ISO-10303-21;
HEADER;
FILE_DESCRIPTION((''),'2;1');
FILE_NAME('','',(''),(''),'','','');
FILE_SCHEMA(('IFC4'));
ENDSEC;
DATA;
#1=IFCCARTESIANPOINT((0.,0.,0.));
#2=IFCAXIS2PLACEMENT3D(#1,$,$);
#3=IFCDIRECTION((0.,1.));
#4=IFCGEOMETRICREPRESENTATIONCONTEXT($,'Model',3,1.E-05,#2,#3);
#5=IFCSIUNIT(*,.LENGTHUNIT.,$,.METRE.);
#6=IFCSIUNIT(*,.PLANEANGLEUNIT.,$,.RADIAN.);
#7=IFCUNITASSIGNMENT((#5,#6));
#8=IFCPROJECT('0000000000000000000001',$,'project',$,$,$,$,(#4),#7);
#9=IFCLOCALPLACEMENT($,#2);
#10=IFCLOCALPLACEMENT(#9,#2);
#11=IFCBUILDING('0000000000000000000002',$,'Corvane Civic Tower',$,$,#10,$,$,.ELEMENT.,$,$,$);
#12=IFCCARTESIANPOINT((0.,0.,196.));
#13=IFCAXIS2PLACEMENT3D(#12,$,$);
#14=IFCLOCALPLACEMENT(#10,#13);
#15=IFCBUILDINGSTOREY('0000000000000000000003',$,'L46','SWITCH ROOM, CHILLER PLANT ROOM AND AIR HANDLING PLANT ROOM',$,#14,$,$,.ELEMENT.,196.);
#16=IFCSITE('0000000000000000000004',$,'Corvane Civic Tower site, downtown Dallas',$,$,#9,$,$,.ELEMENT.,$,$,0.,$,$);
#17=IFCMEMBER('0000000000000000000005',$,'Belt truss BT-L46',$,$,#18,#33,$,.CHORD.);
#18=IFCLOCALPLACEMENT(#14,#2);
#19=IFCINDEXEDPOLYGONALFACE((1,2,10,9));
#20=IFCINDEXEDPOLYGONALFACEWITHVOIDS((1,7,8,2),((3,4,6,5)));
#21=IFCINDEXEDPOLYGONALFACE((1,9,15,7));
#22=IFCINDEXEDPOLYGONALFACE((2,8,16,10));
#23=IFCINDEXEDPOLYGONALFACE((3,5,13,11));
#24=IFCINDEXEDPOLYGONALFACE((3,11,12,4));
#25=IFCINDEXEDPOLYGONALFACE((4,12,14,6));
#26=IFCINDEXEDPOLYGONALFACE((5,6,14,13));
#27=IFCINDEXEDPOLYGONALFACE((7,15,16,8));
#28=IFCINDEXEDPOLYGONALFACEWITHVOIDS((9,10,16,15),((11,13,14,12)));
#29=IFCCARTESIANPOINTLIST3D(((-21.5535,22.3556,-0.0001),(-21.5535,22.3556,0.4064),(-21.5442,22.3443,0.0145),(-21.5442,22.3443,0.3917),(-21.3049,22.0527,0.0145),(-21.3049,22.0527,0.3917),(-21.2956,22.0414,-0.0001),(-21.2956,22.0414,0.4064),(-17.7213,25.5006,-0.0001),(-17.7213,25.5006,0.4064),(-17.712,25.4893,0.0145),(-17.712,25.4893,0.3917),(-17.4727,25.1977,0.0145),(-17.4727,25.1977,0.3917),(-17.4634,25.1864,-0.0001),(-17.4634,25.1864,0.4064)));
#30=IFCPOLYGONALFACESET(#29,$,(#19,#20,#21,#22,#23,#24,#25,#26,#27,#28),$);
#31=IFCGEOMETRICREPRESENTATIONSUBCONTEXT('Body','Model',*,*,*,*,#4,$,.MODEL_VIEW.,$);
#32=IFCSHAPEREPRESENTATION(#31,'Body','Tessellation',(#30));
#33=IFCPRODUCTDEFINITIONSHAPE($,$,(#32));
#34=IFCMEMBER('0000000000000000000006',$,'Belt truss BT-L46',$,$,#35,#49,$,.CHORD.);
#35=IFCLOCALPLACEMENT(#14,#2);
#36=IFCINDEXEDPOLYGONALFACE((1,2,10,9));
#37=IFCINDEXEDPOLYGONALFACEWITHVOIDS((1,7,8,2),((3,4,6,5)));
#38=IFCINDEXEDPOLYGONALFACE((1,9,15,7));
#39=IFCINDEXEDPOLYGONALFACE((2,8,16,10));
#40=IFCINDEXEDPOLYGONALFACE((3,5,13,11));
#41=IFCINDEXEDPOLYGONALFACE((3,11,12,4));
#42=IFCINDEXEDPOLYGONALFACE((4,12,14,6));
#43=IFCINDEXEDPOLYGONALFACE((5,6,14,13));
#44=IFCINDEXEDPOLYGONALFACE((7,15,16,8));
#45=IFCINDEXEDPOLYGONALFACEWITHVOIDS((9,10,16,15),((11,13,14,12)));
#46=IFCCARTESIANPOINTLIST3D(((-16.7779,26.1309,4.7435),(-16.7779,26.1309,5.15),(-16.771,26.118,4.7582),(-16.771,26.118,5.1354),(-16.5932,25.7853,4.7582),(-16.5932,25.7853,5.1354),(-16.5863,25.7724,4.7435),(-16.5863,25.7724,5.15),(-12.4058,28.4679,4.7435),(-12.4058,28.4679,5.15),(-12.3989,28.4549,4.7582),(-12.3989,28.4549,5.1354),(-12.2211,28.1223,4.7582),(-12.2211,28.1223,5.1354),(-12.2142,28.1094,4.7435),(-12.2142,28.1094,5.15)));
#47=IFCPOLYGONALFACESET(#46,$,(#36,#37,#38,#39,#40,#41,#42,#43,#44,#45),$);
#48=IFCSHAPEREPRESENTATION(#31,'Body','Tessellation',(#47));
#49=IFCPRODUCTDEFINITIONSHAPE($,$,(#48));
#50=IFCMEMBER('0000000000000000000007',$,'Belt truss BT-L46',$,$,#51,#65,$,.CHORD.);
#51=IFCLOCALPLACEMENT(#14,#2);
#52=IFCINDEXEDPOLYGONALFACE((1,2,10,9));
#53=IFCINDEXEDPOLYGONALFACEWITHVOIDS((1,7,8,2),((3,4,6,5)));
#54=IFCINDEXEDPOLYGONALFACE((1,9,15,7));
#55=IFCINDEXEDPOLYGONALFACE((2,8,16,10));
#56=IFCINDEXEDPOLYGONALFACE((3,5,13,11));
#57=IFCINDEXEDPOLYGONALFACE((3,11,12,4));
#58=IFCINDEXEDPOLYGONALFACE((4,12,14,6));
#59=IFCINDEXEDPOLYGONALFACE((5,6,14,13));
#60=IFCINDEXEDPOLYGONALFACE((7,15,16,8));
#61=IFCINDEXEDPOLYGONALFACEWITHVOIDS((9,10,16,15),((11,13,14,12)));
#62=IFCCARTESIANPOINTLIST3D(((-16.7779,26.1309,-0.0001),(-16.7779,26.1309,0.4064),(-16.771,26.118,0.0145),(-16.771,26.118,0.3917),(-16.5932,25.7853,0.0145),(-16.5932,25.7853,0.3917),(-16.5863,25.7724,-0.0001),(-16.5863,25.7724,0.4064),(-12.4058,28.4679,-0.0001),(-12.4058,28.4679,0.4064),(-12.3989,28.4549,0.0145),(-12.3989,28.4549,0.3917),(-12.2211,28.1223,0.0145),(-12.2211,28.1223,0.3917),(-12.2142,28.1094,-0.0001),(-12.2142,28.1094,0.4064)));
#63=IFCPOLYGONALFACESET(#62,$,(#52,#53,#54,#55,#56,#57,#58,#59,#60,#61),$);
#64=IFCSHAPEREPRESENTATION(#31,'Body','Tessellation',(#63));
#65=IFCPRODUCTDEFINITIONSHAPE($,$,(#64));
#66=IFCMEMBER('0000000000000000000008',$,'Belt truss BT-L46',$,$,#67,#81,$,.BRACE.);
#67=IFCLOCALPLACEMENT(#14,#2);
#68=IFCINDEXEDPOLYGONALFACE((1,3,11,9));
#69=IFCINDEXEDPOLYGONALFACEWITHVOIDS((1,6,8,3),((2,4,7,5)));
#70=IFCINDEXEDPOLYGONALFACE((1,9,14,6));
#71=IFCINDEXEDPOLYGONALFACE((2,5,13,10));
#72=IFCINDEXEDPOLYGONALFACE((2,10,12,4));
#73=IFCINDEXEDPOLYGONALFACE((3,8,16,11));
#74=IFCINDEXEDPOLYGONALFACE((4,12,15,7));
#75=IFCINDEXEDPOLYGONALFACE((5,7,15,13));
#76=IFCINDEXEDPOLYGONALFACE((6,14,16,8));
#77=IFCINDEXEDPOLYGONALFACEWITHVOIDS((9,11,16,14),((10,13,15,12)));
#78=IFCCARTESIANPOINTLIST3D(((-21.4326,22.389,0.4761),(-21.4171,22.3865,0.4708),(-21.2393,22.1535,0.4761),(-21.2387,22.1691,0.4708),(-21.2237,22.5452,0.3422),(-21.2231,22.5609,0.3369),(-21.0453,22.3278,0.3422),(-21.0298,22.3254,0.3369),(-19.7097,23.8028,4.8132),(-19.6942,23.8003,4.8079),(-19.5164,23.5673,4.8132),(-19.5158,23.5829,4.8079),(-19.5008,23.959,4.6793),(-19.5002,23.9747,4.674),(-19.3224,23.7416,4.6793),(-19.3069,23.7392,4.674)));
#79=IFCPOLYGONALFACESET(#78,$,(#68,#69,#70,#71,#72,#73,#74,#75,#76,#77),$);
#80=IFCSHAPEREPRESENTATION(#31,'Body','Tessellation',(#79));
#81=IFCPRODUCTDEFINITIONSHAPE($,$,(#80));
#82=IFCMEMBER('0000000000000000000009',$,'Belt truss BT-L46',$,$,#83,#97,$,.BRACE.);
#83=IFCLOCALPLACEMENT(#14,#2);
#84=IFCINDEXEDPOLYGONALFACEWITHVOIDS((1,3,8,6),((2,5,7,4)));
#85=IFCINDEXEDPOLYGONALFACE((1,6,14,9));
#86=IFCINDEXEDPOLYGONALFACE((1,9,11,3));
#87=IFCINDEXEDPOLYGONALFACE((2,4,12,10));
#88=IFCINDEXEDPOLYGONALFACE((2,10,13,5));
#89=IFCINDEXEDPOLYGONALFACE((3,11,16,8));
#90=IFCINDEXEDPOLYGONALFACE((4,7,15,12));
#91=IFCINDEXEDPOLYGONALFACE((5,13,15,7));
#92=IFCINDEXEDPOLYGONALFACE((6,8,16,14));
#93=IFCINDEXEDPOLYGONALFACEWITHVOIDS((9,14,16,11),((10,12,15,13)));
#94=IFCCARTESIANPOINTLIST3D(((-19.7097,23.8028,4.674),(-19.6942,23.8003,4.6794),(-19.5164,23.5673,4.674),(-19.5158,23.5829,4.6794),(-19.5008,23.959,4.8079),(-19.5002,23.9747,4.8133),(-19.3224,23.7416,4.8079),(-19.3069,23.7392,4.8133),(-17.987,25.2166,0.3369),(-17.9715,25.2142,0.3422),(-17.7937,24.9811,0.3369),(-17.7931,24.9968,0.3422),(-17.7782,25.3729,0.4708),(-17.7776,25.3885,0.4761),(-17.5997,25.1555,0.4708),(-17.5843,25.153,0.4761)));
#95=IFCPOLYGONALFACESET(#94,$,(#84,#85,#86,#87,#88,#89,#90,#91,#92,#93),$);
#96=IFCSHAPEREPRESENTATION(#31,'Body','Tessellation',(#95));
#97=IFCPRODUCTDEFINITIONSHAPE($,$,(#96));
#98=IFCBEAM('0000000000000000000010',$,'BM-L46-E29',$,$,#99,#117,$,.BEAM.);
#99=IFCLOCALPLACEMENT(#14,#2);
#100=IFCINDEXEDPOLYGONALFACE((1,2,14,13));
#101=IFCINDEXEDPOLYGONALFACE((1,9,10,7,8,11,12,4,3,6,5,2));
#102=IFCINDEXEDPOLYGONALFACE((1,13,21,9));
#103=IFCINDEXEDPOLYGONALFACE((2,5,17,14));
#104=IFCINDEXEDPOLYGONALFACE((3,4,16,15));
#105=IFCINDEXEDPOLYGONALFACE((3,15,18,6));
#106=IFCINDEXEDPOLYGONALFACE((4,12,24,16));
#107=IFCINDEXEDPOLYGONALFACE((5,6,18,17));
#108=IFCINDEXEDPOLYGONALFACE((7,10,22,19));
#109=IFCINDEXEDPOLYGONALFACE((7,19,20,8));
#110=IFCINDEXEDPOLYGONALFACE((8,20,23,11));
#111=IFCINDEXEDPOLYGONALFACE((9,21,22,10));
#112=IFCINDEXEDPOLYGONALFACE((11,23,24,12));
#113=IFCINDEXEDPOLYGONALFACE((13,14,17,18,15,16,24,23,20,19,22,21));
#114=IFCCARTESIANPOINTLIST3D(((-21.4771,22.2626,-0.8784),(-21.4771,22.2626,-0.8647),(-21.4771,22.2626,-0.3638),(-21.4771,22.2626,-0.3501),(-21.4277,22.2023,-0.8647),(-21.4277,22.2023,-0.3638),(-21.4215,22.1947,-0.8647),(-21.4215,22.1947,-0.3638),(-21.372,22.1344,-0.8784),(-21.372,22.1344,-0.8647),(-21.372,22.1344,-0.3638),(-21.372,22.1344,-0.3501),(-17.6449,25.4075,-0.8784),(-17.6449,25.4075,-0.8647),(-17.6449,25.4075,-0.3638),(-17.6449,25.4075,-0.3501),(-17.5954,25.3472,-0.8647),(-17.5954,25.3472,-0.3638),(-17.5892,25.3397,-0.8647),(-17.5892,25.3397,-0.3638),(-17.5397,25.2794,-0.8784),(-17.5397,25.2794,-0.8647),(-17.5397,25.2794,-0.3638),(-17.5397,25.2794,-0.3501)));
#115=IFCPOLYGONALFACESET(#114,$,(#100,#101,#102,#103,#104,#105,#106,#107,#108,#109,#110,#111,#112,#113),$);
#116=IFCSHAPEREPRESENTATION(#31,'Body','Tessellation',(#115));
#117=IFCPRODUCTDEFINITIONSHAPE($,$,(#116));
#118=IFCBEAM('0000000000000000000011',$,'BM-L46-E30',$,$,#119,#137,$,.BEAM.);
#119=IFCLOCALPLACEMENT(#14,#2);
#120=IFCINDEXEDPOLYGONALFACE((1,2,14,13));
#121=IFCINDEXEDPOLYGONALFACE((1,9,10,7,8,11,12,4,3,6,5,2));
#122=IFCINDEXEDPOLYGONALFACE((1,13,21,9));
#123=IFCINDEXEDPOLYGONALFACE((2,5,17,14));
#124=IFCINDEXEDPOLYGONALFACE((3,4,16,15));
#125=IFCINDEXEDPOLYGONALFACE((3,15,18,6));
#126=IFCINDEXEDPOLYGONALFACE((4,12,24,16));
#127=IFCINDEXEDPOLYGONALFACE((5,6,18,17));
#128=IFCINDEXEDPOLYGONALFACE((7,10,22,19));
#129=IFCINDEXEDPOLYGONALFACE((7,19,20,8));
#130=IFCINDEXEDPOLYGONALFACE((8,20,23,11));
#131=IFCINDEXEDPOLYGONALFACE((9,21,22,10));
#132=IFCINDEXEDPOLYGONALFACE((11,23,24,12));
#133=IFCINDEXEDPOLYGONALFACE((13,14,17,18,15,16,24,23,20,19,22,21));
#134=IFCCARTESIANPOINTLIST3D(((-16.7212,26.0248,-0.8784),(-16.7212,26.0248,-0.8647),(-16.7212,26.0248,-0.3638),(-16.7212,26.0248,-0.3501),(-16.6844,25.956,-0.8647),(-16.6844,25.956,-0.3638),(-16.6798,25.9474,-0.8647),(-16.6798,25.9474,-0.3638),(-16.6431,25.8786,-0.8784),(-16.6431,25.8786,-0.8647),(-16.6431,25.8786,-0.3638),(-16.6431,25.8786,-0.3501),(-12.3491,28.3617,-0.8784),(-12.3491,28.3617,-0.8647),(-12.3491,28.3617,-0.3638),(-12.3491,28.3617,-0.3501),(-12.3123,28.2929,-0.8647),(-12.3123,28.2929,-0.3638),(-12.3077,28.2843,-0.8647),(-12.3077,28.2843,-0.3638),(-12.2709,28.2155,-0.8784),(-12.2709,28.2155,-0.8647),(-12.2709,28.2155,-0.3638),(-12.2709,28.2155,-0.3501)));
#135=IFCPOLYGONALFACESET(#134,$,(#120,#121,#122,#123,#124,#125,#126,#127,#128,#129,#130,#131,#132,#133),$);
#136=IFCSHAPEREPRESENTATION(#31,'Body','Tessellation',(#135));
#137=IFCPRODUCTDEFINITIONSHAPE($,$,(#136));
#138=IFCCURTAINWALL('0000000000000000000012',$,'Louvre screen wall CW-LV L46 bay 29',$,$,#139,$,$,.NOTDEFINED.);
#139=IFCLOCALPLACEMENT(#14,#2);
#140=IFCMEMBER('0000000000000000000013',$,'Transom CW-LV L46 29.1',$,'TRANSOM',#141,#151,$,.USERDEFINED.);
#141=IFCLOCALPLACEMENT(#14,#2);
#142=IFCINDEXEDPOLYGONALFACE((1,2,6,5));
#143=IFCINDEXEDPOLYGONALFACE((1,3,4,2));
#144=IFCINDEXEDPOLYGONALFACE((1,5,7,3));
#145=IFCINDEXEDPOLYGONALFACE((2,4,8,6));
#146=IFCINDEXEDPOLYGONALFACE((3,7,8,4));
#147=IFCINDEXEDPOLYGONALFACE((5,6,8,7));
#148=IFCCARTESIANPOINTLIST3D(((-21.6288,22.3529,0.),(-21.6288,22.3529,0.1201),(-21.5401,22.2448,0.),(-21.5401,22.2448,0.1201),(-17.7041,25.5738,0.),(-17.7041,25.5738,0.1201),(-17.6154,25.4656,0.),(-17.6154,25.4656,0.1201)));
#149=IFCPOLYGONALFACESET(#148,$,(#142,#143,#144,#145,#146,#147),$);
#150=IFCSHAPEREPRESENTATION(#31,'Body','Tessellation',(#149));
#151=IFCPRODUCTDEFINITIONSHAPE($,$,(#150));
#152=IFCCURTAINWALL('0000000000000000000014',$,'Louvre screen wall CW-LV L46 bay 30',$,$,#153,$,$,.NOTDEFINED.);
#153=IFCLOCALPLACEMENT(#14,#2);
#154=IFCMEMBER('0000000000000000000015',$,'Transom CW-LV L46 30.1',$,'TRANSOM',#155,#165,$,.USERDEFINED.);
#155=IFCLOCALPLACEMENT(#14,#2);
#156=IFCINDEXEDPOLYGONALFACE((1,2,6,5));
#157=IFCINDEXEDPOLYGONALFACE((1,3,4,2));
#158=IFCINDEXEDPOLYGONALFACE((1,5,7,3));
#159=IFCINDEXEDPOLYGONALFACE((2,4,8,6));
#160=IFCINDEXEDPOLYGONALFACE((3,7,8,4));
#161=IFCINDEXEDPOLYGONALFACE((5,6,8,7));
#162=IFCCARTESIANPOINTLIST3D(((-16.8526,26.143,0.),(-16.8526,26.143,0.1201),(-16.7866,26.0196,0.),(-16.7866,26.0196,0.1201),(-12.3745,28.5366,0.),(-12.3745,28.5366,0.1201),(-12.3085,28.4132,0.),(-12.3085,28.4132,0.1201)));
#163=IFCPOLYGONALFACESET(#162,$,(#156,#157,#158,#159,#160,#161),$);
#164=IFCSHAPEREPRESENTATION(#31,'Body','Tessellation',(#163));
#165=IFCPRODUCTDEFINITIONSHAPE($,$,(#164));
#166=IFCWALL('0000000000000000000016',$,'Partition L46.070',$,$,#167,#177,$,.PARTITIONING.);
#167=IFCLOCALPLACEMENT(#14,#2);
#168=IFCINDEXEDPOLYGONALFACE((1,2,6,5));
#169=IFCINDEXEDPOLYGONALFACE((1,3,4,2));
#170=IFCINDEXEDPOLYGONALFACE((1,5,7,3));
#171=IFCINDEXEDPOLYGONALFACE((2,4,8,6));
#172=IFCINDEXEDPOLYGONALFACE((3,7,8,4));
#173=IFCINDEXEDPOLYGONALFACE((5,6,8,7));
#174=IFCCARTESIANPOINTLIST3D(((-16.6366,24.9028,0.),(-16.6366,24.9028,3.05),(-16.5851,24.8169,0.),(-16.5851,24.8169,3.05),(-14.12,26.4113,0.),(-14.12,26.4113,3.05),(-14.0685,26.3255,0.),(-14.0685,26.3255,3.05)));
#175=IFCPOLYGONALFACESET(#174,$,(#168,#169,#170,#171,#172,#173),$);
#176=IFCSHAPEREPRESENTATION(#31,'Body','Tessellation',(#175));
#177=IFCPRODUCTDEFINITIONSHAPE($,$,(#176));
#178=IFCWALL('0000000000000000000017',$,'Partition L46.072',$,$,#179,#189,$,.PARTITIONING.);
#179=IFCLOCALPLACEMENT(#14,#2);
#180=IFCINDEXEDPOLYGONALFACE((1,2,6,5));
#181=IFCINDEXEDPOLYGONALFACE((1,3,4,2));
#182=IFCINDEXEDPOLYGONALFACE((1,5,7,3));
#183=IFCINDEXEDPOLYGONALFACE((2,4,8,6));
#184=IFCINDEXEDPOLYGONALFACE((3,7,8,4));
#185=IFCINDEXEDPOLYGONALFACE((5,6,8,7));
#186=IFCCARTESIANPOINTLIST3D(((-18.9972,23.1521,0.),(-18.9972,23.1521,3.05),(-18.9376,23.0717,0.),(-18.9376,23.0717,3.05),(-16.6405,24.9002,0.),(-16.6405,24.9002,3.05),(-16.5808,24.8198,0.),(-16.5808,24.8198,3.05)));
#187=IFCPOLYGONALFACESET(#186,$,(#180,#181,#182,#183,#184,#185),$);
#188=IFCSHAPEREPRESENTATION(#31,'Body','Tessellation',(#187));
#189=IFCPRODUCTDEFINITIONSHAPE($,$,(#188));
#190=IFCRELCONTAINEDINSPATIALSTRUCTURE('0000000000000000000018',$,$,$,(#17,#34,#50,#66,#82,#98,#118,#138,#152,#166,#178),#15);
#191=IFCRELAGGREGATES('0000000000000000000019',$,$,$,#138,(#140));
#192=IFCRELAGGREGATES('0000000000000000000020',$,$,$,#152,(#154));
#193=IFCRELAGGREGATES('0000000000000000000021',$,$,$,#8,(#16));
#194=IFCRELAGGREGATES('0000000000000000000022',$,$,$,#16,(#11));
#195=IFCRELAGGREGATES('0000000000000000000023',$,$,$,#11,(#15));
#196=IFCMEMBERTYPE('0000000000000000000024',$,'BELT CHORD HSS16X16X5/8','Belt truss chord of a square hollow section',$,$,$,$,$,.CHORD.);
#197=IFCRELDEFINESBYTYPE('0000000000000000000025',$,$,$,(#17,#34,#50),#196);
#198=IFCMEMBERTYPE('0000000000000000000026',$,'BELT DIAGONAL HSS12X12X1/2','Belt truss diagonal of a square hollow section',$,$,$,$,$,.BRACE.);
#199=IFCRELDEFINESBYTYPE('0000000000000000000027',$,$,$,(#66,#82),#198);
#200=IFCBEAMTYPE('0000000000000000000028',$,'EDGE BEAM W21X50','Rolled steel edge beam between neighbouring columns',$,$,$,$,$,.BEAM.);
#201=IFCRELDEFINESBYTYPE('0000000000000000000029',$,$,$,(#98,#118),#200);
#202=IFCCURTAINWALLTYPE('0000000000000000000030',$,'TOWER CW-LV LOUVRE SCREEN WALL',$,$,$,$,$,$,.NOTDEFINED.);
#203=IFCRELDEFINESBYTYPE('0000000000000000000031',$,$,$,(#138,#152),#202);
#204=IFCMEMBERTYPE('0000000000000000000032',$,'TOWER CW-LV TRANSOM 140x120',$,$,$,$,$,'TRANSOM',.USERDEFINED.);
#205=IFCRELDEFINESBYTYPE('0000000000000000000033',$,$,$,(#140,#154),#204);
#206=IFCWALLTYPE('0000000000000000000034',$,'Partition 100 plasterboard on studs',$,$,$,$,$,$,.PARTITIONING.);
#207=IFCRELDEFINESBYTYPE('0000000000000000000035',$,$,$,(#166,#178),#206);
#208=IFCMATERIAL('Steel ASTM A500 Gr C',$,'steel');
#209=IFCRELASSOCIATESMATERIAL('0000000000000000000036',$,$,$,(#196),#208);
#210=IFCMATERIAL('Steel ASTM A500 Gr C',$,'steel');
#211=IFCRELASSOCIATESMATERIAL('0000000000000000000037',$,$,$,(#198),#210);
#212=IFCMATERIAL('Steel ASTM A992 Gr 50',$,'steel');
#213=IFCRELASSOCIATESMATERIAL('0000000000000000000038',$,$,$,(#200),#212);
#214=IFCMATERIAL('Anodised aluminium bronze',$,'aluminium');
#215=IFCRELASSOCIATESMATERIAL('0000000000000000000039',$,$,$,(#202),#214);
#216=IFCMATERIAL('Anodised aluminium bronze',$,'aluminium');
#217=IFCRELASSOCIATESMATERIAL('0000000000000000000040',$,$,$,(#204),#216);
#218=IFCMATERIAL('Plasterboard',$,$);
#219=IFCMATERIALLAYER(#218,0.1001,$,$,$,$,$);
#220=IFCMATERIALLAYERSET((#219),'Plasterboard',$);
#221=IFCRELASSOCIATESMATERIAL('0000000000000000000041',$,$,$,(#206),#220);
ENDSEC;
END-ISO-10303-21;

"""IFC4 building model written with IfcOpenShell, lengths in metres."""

from ifc_helpers import new_model, si_unit, direction, frame, frame_2d, origin, origin_2d, place, context, subcontext, project, spatial, rectangle, hollow_rectangle, i_section, extrude, material, layer, layer_set, material_profile, profile_set, type_object, element, aggregate, save


model = new_model("IFC4")

# Units and contexts
model_context = context("Model", 3, precision=1e-05, world=origin(), true_north=direction((0.0, 1.0)))
body_context = subcontext(model_context, "Body", "Model", "MODEL_VIEW")
ifc_project = project(units=[si_unit("LENGTHUNIT", "METRE"), si_unit("PLANEANGLEUNIT", "RADIAN")], contexts=[model_context])

# Site, building, storey
site_placement = place(None, origin())
site = spatial("IfcSite", under=ifc_project, at=site_placement, Name="Corvane Civic Tower site, downtown Dallas", CompositionType="ELEMENT", RefElevation=0.0)
building_placement = place(site_placement, origin())
building = spatial("IfcBuilding", under=site, at=building_placement, Name="Corvane Civic Tower", CompositionType="ELEMENT")
storey_placement = place(building_placement, frame((0.0, 0.0, 196.0)))
storey = spatial("IfcBuildingStorey", under=building, at=storey_placement, Name="L46", Description="SWITCH ROOM, CHILLER PLANT ROOM AND AIR HANDLING PLANT ROOM", CompositionType="ELEMENT", Elevation=196.0)

# Members
ifc_material_1 = material(Name="Steel ASTM A500 Gr C", Category="steel")
ifc_material_profile_1 = material_profile(ifc_material_1, hollow_rectangle(XDim=0.4065, YDim=0.4065, WallThickness=0.0146, at=origin_2d()), Name="HSS16X16X5/8")
ifc_profile_set_1 = profile_set([ifc_material_profile_1], Name="Steel ASTM A500 Gr C")
member_type_1 = type_object("IfcMemberType", Name="BELT CHORD HSS16X16X5/8", Description="Belt truss chord of a square hollow section", PredefinedType="CHORD", material=ifc_profile_set_1)
for number, where, z_axis, x_axis, name in (
    (1, (-21.4246, 22.1985, 0.2031), (0.773015, 0.634388, 0.0), (-0.634388, 0.773015, 0.0), "Belt truss BT-L46"),
    (2, (-16.6821, 25.9517, 4.9468), (0.881922, 0.471396, 0.0), (-0.471396, 0.881922, 0.0), "Belt truss BT-L46"),
    (3, (-16.6821, 25.9517, 0.2031), (0.881922, 0.471396, 0.0), (-0.471396, 0.881922, 0.0), "Belt truss BT-L46"),
):
    element("IfcMember", number, at=place(storey_placement, frame(where, z_axis=z_axis, x_axis=x_axis)), inside=storey, type_object=member_type_1, Name=name, PredefinedType="CHORD", context=body_context, shape_type="SweptSolid", body=[
        extrude(hollow_rectangle(XDim=0.4065, YDim=0.4065, WallThickness=0.0146, at=origin_2d()), origin(), (0.0, 0.0, 1.0), 4.9575),
    ])
ifc_material_2 = material(Name="Steel ASTM A500 Gr C", Category="steel")
ifc_material_profile_2 = material_profile(ifc_material_2, hollow_rectangle(XDim=0.3047, YDim=0.3047, WallThickness=0.0117, at=origin_2d()), Name="HSS12X12X1/2")
ifc_profile_set_2 = profile_set([ifc_material_profile_2], Name="Steel ASTM A500 Gr C")
member_type_2 = type_object("IfcMemberType", Name="BELT DIAGONAL HSS12X12X1/2", Description="Belt truss diagonal of a square hollow section", PredefinedType="BRACE", material=ifc_profile_set_2)
for number, where, z_axis, x_axis, name in (
    (4, (-21.2312, 22.3572, 0.4065), (0.353322, 0.289937, 0.889438), (-0.634359, 0.773039, 0.0), "Belt truss BT-L46"),
    (5, (-17.7856, 25.1848, 0.4065), (-0.353278, -0.289942, 0.889454), (0.634412, -0.772995, 0.0), "Belt truss BT-L46"),
):
    element("IfcMember", number, at=place(storey_placement, frame(where, z_axis=z_axis, x_axis=x_axis)), inside=storey, type_object=member_type_2, Name=name, PredefinedType="BRACE", context=body_context, shape_type="SweptSolid", body=[
        extrude(hollow_rectangle(XDim=0.3047, YDim=0.3047, WallThickness=0.0117, at=origin_2d()), origin(), (0.0, 0.0, 1.0), 4.8762),
    ])

# Beams
ifc_material_3 = material(Name="Steel ASTM A992 Gr 50", Category="steel")
ifc_material_profile_3 = material_profile(ifc_material_3, i_section(OverallWidth=0.1658, OverallDepth=0.5283, WebThickness=0.0098, FlangeThickness=0.0137, at=origin_2d()), Name="W21X50")
ifc_profile_set_3 = profile_set([ifc_material_profile_3], Name="Steel ASTM A992 Gr 50")
beam_type = type_object("IfcBeamType", Name="EDGE BEAM W21X50", Description="Rolled steel edge beam between neighbouring columns", PredefinedType="BEAM", material=ifc_profile_set_3)
for number, where, z_axis, x_axis, name in (
    (6, (-21.4246, 22.1985, -0.6143), (0.773015, 0.634388, 0.0), (-0.634388, 0.773015, 0.0), "BM-L46-E29"),
    (7, (-16.6821, 25.9517, -0.6143), (0.881922, 0.471396, 0.0), (-0.471396, 0.881922, 0.0), "BM-L46-E30"),
):
    element("IfcBeam", number, at=place(storey_placement, frame(where, z_axis=z_axis, x_axis=x_axis)), inside=storey, type_object=beam_type, Name=name, PredefinedType="BEAM", context=body_context, shape_type="SweptSolid", body=[
        extrude(i_section(OverallWidth=0.1658, OverallDepth=0.5283, WebThickness=0.0098, FlangeThickness=0.0137, at=origin_2d()), origin(), (0.0, 0.0, 1.0), 4.9575),
    ])

# Curtain walls, members
ifc_material_4 = material(Name="Anodised aluminium bronze", Category="aluminium")
curtain_wall_type = type_object("IfcCurtainWallType", Name="TOWER CW-LV LOUVRE SCREEN WALL", PredefinedType="NOTDEFINED", material=ifc_material_4)
curtain_wall_1_placement = place(storey_placement, origin())
curtain_wall_1 = element("IfcCurtainWall", 8, at=curtain_wall_1_placement, inside=storey, type_object=curtain_wall_type, Name="Louvre screen wall CW-LV L46 bay 29", PredefinedType="NOTDEFINED")
ifc_material_5 = material(Name="Anodised aluminium bronze", Category="aluminium")
ifc_material_profile_4 = material_profile(ifc_material_5, rectangle(XDim=0.1399, YDim=0.1201, at=origin_2d()), Name="TOWER CW-LV TRANSOM 140x120")
ifc_profile_set_4 = profile_set([ifc_material_profile_4], Name="Anodised aluminium bronze")
member_type_3 = type_object("IfcMemberType", Name="TOWER CW-LV TRANSOM 140x120", ElementType="TRANSOM", PredefinedType="USERDEFINED", material=ifc_profile_set_4)
member_1_placement = place(storey_placement, frame((-21.5845, 22.2988, 0.0601), z_axis=(0.773016, 0.634387, 0.0), x_axis=(-0.634387, 0.773016, 0.0)))
member_1 = element("IfcMember", 9, at=member_1_placement, type_object=member_type_3, Name="Transom CW-LV L46 29.1", ObjectType="TRANSOM", PredefinedType="USERDEFINED", context=body_context, shape_type="SweptSolid", body=[
    extrude(rectangle(XDim=0.1399, YDim=0.1201, at=origin_2d()), origin(), (0.0, 0.0, 1.0), 5.0771),
])
curtain_wall_2_placement = place(storey_placement, origin())
curtain_wall_2 = element("IfcCurtainWall", 10, at=curtain_wall_2_placement, inside=storey, type_object=curtain_wall_type, Name="Louvre screen wall CW-LV L46 bay 30", PredefinedType="NOTDEFINED")
member_2_placement = place(storey_placement, frame((-16.8196, 26.0813, 0.0601), z_axis=(0.881921, 0.471397, 0.0), x_axis=(-0.471397, 0.881921, 0.0)))
member_2 = element("IfcMember", 11, at=member_2_placement, type_object=member_type_3, Name="Transom CW-LV L46 30.1", ObjectType="TRANSOM", PredefinedType="USERDEFINED", context=body_context, shape_type="SweptSolid", body=[
    extrude(rectangle(XDim=0.1399, YDim=0.1201, at=origin_2d()), origin(), (0.0, 0.0, 1.0), 5.0776),
])

# Walls
ifc_material_6 = material(Name="Plasterboard")
ifc_layer = layer(ifc_material_6, 0.1001)
ifc_layer_set = layer_set([ifc_layer], Name="Plasterboard")
wall_type = type_object("IfcWallType", Name="Partition 100 plasterboard on studs", PredefinedType="PARTITIONING", material=ifc_layer_set)
wall_1_placement = place(storey_placement, frame((-16.6108, 24.8599, 0.0), z_axis=(0.0, 0.0, 1.0), x_axis=(0.857706, 0.514141, 0.0)))
element("IfcWall", 12, at=wall_1_placement, inside=storey, type_object=wall_type, Name="Partition L46.070", PredefinedType="PARTITIONING", context=body_context, shape_type="SweptSolid", body=[
    extrude(rectangle(XDim=2.9341, YDim=0.1001, at=frame_2d((1.467, 0.0))), origin(), (0.0, 0.0, 1.0), 3.05),
])
wall_2_placement = place(storey_placement, frame((-18.9675, 23.1118, 0.0), z_axis=(0.0, 0.0, 1.0), x_axis=(0.803174, 0.595745, 0.0)))
element("IfcWall", 13, at=wall_2_placement, inside=storey, type_object=wall_type, Name="Partition L46.072", PredefinedType="PARTITIONING", context=body_context, shape_type="SweptSolid", body=[
    extrude(rectangle(XDim=2.9343, YDim=0.1001, at=frame_2d((1.4673, 0.0))), origin(), (0.0, 0.0, 1.0), 3.05),
])

aggregate(curtain_wall_1, [member_1])
aggregate(curtain_wall_2, [member_2])

save(model, "model.ifc")
